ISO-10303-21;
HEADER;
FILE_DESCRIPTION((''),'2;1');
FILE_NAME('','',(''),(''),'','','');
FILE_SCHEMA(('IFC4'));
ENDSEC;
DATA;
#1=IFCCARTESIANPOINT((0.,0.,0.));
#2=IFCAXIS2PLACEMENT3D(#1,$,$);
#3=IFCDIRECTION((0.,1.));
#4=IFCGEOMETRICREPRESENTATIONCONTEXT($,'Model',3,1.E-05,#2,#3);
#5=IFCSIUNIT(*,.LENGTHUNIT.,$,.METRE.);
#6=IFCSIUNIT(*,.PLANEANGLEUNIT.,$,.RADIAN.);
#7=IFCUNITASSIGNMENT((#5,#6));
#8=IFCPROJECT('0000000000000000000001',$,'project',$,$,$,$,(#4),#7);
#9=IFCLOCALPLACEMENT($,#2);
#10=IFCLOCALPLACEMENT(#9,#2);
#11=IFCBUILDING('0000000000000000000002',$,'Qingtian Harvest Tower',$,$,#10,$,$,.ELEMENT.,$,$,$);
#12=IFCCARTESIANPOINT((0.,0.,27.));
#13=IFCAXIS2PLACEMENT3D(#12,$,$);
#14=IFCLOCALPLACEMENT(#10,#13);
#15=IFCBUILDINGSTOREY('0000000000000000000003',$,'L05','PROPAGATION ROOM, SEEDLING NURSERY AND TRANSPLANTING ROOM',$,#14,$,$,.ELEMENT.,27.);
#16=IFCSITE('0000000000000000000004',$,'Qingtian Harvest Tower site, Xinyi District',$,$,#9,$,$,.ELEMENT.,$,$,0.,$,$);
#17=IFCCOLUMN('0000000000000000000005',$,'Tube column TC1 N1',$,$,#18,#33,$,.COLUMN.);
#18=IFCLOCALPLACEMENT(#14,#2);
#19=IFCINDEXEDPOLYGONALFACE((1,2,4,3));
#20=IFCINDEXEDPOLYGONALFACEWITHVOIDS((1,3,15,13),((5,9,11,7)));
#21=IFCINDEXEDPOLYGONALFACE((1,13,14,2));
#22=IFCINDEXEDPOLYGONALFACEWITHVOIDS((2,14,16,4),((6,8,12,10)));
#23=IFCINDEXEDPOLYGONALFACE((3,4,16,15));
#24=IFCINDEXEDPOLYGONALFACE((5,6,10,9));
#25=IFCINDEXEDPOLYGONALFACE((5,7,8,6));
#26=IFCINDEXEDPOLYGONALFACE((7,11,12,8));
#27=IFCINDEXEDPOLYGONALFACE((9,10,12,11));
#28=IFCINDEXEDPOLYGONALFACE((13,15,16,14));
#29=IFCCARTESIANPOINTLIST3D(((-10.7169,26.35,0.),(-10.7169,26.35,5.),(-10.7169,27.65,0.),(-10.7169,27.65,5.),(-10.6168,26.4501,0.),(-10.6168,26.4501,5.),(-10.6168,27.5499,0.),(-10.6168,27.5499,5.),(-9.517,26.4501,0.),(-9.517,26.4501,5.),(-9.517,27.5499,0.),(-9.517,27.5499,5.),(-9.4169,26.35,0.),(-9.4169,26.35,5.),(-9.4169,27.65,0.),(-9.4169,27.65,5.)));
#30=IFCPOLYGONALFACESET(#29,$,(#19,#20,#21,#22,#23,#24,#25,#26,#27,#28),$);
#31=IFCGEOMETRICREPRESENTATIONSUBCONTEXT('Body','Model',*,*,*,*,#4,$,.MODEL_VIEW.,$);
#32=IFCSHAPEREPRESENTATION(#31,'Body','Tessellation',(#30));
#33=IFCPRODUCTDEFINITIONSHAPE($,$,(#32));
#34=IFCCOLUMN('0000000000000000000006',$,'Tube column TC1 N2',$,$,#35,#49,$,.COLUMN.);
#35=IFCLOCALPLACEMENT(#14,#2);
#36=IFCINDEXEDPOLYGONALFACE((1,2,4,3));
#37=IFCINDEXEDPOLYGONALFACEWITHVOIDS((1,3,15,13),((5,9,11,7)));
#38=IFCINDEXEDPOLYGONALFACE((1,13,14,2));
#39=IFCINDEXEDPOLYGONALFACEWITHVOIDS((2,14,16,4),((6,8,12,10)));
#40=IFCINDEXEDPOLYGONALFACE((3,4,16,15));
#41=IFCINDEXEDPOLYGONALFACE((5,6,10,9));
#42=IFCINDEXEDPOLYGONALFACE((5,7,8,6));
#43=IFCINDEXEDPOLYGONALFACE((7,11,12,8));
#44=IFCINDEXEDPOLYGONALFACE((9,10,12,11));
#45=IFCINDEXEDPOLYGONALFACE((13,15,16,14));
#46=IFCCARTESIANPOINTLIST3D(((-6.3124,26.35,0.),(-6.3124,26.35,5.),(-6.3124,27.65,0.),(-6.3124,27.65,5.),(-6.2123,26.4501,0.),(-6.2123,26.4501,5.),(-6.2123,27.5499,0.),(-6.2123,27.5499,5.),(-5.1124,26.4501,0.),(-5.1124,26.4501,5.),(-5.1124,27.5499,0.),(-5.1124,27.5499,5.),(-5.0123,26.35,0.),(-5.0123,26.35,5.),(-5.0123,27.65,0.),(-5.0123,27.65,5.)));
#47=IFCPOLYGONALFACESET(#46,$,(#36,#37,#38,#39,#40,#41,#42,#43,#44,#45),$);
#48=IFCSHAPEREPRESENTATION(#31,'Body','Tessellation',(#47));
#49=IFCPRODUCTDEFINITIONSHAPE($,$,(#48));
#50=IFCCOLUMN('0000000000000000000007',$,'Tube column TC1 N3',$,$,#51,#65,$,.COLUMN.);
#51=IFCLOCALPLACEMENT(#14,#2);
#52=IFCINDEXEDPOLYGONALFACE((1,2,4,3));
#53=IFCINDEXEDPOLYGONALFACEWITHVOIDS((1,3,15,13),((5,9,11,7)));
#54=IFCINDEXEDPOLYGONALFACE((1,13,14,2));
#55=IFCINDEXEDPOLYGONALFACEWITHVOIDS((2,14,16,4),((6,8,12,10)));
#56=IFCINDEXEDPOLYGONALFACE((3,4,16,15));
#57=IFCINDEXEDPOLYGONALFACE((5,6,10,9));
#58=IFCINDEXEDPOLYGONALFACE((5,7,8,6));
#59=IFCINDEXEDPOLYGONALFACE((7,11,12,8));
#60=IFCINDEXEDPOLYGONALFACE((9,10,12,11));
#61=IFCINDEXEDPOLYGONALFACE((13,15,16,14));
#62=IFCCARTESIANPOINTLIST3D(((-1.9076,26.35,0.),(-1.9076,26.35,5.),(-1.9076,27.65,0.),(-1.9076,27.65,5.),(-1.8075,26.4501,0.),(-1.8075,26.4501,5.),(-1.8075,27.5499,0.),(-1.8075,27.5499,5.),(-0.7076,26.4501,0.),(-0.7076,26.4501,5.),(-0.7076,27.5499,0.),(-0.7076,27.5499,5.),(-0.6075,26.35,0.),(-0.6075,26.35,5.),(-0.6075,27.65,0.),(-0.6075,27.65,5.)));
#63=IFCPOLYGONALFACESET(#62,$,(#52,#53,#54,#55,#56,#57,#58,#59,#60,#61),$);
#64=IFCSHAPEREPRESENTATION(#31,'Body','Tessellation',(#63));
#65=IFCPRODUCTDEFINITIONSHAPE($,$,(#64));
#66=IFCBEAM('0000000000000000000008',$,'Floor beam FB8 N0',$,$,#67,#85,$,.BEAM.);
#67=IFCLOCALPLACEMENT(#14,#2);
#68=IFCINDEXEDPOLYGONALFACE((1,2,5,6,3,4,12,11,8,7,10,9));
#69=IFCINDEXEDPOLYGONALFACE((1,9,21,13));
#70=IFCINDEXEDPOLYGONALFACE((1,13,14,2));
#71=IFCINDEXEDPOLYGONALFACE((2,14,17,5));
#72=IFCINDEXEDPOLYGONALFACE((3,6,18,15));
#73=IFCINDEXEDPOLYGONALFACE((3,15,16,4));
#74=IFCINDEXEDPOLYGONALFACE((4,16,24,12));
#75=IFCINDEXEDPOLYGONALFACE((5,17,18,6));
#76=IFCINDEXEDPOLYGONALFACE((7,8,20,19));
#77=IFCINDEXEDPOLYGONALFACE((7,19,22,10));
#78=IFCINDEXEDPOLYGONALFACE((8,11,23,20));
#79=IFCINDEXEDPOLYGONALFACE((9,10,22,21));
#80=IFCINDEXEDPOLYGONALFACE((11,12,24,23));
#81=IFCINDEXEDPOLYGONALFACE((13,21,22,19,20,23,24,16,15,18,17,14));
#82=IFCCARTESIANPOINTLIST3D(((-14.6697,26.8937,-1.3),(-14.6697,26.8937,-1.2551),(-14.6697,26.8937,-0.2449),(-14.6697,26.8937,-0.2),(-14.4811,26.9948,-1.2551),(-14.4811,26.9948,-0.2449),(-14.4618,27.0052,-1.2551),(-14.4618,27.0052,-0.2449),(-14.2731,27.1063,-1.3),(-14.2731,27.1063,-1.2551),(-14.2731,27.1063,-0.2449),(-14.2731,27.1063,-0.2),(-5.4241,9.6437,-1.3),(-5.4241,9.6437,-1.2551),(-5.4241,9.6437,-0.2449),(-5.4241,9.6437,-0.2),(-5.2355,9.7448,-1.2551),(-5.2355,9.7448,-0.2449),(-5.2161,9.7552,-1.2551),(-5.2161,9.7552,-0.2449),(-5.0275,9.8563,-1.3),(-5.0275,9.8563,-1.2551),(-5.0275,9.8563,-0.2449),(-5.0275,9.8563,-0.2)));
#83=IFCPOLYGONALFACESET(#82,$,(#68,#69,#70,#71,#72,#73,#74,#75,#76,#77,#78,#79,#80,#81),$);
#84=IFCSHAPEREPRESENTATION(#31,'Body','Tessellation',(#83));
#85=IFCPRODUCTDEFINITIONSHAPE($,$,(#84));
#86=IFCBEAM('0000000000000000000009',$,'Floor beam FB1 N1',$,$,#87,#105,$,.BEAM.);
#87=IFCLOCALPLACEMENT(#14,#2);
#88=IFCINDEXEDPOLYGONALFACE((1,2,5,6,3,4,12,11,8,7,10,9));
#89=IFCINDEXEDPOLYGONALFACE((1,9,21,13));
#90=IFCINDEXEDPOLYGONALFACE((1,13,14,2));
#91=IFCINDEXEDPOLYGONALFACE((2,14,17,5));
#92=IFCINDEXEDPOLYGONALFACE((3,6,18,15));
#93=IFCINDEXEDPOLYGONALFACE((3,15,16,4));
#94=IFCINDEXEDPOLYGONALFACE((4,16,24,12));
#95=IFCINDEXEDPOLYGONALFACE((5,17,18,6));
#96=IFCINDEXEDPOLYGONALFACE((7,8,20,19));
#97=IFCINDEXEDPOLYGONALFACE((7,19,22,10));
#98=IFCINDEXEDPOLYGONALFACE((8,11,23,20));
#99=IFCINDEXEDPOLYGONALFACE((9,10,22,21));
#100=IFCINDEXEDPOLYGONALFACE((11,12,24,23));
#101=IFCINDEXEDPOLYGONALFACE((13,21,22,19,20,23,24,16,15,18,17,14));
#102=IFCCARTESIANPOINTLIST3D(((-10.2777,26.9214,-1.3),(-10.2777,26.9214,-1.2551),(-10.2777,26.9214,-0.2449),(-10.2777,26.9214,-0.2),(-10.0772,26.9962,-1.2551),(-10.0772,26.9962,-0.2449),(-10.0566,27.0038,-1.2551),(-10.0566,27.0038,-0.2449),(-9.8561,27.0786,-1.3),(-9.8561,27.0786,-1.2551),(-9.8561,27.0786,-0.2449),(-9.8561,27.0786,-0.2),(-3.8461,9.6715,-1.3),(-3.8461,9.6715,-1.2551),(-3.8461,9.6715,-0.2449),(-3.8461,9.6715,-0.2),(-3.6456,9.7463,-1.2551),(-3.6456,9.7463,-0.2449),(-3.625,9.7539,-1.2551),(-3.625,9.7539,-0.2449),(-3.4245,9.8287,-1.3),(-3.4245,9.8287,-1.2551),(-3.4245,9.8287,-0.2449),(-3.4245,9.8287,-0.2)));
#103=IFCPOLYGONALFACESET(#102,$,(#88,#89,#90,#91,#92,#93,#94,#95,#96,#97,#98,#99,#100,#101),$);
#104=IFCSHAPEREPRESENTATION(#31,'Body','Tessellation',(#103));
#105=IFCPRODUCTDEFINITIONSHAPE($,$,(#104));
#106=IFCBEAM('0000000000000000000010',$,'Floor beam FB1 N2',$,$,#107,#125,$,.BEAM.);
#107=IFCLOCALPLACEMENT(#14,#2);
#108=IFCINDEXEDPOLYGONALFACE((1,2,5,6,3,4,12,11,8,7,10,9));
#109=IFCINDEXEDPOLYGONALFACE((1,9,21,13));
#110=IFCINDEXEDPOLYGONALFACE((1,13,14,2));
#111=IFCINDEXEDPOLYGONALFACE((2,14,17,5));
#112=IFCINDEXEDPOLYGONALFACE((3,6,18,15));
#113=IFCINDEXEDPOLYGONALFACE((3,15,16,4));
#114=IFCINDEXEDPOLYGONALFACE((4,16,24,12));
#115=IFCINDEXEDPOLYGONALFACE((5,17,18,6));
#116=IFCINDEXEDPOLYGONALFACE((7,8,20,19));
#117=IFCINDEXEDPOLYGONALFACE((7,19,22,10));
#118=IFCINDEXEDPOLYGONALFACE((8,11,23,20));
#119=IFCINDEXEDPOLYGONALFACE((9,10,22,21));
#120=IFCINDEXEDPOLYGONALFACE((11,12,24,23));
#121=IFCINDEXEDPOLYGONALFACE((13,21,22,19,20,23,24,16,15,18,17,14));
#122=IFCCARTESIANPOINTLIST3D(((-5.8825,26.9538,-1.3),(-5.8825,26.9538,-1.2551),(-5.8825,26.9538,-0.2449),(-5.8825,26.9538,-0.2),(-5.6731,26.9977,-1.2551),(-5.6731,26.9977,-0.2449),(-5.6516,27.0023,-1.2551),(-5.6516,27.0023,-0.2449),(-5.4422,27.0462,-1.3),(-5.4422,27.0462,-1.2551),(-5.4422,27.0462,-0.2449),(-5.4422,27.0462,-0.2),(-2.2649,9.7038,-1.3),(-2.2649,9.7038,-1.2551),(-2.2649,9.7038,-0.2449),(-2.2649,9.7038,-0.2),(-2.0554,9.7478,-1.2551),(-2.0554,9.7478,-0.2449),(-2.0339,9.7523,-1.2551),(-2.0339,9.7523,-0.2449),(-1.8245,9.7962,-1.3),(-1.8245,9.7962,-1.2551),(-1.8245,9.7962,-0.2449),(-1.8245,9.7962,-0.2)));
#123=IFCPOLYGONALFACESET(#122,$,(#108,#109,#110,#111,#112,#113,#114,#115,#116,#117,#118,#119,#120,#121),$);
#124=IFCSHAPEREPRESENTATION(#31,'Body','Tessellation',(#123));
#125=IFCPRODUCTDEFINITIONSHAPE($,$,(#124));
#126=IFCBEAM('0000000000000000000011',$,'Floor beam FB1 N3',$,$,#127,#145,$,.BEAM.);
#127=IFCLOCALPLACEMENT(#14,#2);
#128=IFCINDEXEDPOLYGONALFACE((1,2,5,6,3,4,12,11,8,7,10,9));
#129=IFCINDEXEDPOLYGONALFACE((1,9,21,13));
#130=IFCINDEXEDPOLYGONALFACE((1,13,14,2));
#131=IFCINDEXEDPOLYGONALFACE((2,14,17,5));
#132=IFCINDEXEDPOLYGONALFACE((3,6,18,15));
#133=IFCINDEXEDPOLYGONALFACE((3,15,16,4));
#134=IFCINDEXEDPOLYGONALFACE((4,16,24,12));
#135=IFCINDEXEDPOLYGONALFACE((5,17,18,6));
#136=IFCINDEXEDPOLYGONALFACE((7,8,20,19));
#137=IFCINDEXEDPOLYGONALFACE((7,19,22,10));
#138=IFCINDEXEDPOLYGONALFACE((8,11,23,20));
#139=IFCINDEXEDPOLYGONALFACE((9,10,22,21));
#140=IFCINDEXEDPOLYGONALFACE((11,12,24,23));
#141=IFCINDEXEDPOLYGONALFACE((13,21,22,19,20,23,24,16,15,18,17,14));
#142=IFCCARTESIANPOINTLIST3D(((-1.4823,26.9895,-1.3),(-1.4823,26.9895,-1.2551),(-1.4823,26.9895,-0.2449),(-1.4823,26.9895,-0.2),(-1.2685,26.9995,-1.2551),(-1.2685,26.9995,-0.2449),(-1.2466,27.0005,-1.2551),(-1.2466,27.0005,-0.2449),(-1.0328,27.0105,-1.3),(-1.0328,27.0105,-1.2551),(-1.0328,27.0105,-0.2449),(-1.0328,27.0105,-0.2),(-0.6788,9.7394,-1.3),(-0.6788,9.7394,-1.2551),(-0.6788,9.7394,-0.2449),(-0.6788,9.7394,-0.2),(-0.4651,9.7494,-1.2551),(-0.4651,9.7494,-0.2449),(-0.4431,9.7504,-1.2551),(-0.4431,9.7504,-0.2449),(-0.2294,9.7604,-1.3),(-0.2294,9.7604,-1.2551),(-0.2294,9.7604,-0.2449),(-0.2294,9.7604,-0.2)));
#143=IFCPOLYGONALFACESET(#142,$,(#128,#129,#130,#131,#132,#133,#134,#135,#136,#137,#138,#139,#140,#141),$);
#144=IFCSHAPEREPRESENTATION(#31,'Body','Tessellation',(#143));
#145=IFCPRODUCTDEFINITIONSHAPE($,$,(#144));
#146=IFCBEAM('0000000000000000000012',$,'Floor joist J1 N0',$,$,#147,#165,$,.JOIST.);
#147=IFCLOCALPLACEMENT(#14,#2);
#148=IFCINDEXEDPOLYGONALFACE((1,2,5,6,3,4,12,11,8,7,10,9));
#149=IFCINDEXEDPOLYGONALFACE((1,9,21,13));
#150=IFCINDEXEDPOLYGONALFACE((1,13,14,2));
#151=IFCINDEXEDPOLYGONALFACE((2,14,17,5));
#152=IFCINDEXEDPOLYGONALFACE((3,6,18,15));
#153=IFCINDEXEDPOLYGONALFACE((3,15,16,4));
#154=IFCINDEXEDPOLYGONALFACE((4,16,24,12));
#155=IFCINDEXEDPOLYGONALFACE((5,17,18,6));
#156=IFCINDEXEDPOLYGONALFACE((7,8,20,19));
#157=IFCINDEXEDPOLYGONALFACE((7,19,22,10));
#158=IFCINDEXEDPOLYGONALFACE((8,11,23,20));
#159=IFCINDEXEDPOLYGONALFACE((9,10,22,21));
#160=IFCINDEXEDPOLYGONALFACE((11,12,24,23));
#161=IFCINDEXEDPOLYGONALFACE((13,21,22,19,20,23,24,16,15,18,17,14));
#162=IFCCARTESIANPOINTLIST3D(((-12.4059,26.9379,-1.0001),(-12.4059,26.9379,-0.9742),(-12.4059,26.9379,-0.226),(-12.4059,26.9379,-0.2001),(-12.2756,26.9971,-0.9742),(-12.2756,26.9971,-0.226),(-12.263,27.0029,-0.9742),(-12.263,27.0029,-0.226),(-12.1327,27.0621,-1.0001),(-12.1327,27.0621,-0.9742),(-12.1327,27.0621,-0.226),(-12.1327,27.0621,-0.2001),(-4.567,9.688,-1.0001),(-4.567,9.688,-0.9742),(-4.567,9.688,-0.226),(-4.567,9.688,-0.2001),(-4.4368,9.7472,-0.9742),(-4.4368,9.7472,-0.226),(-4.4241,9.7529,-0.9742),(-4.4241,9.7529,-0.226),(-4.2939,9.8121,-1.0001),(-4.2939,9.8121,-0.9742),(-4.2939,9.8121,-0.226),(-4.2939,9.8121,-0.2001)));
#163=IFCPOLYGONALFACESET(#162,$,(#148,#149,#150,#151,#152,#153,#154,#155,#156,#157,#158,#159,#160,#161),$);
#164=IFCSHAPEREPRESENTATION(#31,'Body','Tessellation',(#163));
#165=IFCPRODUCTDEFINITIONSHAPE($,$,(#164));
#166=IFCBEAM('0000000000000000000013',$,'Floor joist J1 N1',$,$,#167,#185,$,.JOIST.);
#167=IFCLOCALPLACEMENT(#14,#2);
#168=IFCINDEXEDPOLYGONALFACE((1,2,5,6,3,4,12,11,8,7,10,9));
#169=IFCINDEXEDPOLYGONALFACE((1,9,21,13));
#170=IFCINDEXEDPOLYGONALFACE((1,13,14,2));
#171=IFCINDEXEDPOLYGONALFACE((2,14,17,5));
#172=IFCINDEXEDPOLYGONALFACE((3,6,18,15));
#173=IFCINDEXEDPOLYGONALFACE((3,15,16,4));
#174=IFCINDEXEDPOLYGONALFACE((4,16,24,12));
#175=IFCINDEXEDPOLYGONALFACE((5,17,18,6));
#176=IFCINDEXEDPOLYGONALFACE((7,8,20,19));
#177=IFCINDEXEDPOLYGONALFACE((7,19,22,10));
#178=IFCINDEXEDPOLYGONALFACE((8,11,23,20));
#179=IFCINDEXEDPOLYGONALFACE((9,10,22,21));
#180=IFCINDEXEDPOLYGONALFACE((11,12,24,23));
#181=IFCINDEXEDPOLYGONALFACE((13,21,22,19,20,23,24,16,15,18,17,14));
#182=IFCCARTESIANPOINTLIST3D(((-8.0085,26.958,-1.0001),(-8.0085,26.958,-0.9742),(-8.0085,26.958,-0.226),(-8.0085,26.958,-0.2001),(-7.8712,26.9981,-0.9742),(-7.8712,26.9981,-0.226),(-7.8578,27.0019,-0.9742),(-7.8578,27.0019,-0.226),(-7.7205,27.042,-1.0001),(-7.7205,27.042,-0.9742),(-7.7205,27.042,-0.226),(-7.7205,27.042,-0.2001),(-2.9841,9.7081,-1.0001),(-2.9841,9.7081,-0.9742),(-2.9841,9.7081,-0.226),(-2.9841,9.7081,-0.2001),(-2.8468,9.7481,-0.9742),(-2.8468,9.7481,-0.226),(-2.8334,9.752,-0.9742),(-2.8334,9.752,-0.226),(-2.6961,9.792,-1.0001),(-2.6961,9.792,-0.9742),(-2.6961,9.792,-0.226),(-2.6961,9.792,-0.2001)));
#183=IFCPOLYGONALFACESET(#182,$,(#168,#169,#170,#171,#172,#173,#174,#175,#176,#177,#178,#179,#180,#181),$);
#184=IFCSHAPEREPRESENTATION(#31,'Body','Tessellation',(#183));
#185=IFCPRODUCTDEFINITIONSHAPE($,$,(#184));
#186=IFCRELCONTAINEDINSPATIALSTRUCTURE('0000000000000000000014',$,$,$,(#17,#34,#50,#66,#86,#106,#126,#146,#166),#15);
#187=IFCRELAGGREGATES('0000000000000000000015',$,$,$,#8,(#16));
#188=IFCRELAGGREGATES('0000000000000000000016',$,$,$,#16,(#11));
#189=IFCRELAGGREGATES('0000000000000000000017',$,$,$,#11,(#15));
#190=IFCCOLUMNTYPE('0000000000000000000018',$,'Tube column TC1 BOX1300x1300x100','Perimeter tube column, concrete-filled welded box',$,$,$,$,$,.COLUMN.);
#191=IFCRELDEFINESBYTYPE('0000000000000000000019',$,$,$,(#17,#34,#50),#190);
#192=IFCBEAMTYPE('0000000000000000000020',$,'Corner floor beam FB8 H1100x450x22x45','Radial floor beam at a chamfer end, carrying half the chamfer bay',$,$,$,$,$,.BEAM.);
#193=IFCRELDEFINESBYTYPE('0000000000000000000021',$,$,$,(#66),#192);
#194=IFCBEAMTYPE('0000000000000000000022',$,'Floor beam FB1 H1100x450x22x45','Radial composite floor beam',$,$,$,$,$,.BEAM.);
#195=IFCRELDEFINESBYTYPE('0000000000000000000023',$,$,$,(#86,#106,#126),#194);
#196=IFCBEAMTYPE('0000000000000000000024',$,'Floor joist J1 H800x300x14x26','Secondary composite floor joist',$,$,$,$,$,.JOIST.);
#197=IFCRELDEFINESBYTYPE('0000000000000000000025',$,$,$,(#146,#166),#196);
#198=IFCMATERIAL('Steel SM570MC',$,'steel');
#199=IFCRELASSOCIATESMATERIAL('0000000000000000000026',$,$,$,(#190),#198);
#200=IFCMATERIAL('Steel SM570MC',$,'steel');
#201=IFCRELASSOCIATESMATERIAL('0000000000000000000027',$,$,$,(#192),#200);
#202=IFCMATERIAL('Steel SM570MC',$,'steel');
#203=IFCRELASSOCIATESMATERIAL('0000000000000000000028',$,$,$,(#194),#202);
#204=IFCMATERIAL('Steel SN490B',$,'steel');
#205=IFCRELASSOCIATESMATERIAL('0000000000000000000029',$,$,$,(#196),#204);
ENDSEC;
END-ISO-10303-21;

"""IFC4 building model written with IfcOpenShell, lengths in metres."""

from ifc_helpers import new_model, si_unit, direction, frame, origin, origin_2d, place, context, subcontext, project, spatial, hollow_rectangle, i_section, extrude, material, material_profile, profile_set, type_object, element, save


model = new_model("IFC4")

# Units and contexts
model_context = context("Model", 3, precision=1e-05, world=origin(), true_north=direction((0.0, 1.0)))
body_context = subcontext(model_context, "Body", "Model", "MODEL_VIEW")
ifc_project = project(units=[si_unit("LENGTHUNIT", "METRE"), si_unit("PLANEANGLEUNIT", "RADIAN")], contexts=[model_context])

# Site, building, storey
site_placement = place(None, origin())
site = spatial("IfcSite", under=ifc_project, at=site_placement, Name="Qingtian Harvest Tower site, Xinyi District", CompositionType="ELEMENT", RefElevation=0.0)
building_placement = place(site_placement, origin())
building = spatial("IfcBuilding", under=site, at=building_placement, Name="Qingtian Harvest Tower", CompositionType="ELEMENT")
storey_placement = place(building_placement, frame((0.0, 0.0, 27.0)))
storey = spatial("IfcBuildingStorey", under=building, at=storey_placement, Name="L05", Description="PROPAGATION ROOM, SEEDLING NURSERY AND TRANSPLANTING ROOM", CompositionType="ELEMENT", Elevation=27.0)

# Columns
ifc_material_1 = material(Name="Steel SM570MC", Category="steel")
ifc_material_profile_1 = material_profile(ifc_material_1, hollow_rectangle(XDim=1.3, YDim=1.3, WallThickness=0.1001, at=origin_2d()), Name="BOX1300x1300x100")
ifc_profile_set_1 = profile_set([ifc_material_profile_1], Name="Steel SM570MC")
column_type = type_object("IfcColumnType", Name="Tube column TC1 BOX1300x1300x100", Description="Perimeter tube column, concrete-filled welded box", PredefinedType="COLUMN", material=ifc_profile_set_1)
for number, where, z_axis, x_axis, name in (
    (1, (-10.0669, 27.0, 0.0), (0.0, 0.0, 1.0), (-1.0, 0.0, 0.0), "Tube column TC1 N1"),
    (2, (-5.6624, 27.0, 0.0), (0.0, 0.0, 1.0), (-1.0, 0.0, 0.0), "Tube column TC1 N2"),
    (3, (-1.2576, 27.0, 0.0), (0.0, 0.0, 1.0), (-1.0, 0.0, 0.0), "Tube column TC1 N3"),
):
    element("IfcColumn", number, at=place(storey_placement, frame(where, z_axis=z_axis, x_axis=x_axis)), inside=storey, type_object=column_type, Name=name, PredefinedType="COLUMN", context=body_context, shape_type="SweptSolid", body=[
        extrude(hollow_rectangle(XDim=1.3, YDim=1.3, WallThickness=0.1001, at=origin_2d()), origin(), (0.0, 0.0, 1.0), 5.0),
    ])

# Beams
ifc_material_2 = material(Name="Steel SM570MC", Category="steel")
ifc_material_profile_2 = material_profile(ifc_material_2, i_section(OverallWidth=0.45, OverallDepth=1.1001, WebThickness=0.022, FlangeThickness=0.0449, at=origin_2d()), Name="H1100x450x22x45")
ifc_profile_set_2 = profile_set([ifc_material_profile_2], Name="Steel SM570MC")
beam_type_1 = type_object("IfcBeamType", Name="Corner floor beam FB8 H1100x450x22x45", Description="Radial floor beam at a chamfer end, carrying half the chamfer bay", PredefinedType="BEAM", material=ifc_profile_set_2)
beam_1_placement = place(storey_placement, frame((-14.4714, 27.0, -0.75), z_axis=(0.472401, -0.881384, 0.0), x_axis=(0.881384, 0.472401, 0.0)))
element("IfcBeam", 4, at=beam_1_placement, inside=storey, type_object=beam_type_1, Name="Floor beam FB8 N0", PredefinedType="BEAM", context=body_context, shape_type="SweptSolid", body=[
    extrude(i_section(OverallWidth=0.45, OverallDepth=1.1001, WebThickness=0.022, FlangeThickness=0.0449, at=origin_2d()), origin(), (0.0, 0.0, 1.0), 19.5715),
])
ifc_material_3 = material(Name="Steel SM570MC", Category="steel")
ifc_material_profile_3 = material_profile(ifc_material_3, i_section(OverallWidth=0.45, OverallDepth=1.1001, WebThickness=0.022, FlangeThickness=0.0449, at=origin_2d()), Name="H1100x450x22x45")
ifc_profile_set_3 = profile_set([ifc_material_profile_3], Name="Steel SM570MC")
beam_type_2 = type_object("IfcBeamType", Name="Floor beam FB1 H1100x450x22x45", Description="Radial composite floor beam", PredefinedType="BEAM", material=ifc_profile_set_3)
beam_2_placement = place(storey_placement, frame((-10.0669, 27.0, -0.75), z_axis=(0.349356, -0.93699, 0.0), x_axis=(0.93699, 0.349356, 0.0)))
element("IfcBeam", 5, at=beam_2_placement, inside=storey, type_object=beam_type_2, Name="Floor beam FB1 N1", PredefinedType="BEAM", context=body_context, shape_type="SweptSolid", body=[
    extrude(i_section(OverallWidth=0.45, OverallDepth=1.1001, WebThickness=0.022, FlangeThickness=0.0449, at=origin_2d()), origin(), (0.0, 0.0, 1.0), 18.4099),
])
beam_3_placement = place(storey_placement, frame((-5.6624, 27.0, -0.75), z_axis=(0.205255, -0.978709, 0.0), x_axis=(0.978709, 0.205255, 0.0)))
element("IfcBeam", 6, at=beam_3_placement, inside=storey, type_object=beam_type_2, Name="Floor beam FB1 N2", PredefinedType="BEAM", context=body_context, shape_type="SweptSolid", body=[
    extrude(i_section(OverallWidth=0.45, OverallDepth=1.1001, WebThickness=0.022, FlangeThickness=0.0449, at=origin_2d()), origin(), (0.0, 0.0, 1.0), 17.6252),
])
beam_4_placement = place(storey_placement, frame((-1.2576, 27.0, -0.75), z_axis=(0.046527, -0.998917, 0.0), x_axis=(0.998917, 0.046527, 0.0)))
element("IfcBeam", 7, at=beam_4_placement, inside=storey, type_object=beam_type_2, Name="Floor beam FB1 N3", PredefinedType="BEAM", context=body_context, shape_type="SweptSolid", body=[
    extrude(i_section(OverallWidth=0.45, OverallDepth=1.1001, WebThickness=0.022, FlangeThickness=0.0449, at=origin_2d()), origin(), (0.0, 0.0, 1.0), 17.2688),
])
ifc_material_4 = material(Name="Steel SN490B", Category="steel")
ifc_material_profile_4 = material_profile(ifc_material_4, i_section(OverallWidth=0.3, OverallDepth=0.8, WebThickness=0.0139, FlangeThickness=0.0259, at=origin_2d()), Name="H800x300x14x26")
ifc_profile_set_4 = profile_set([ifc_material_profile_4], Name="Steel SN490B")
beam_type_3 = type_object("IfcBeamType", Name="Floor joist J1 H800x300x14x26", Description="Secondary composite floor joist", PredefinedType="JOIST", material=ifc_profile_set_4)
beam_5_placement = place(storey_placement, frame((-12.2693, 27.0, -0.6001), z_axis=(0.413714, -0.910407, 0.0), x_axis=(0.910407, 0.413714, 0.0)))
element("IfcBeam", 8, at=beam_5_placement, inside=storey, type_object=beam_type_3, Name="Floor joist J1 N0", PredefinedType="JOIST", context=body_context, shape_type="SweptSolid", body=[
    extrude(i_section(OverallWidth=0.3, OverallDepth=0.8, WebThickness=0.0139, FlangeThickness=0.0259, at=origin_2d()), origin(), (0.0, 0.0, 1.0), 18.9475),
])
beam_6_placement = place(storey_placement, frame((-7.8645, 27.0, -0.6001), z_axis=(0.279649, -0.960102, 0.0), x_axis=(0.960102, 0.279649, 0.0)))
element("IfcBeam", 9, at=beam_6_placement, inside=storey, type_object=beam_type_3, Name="Floor joist J1 N1", PredefinedType="JOIST", context=body_context, shape_type="SweptSolid", body=[
    extrude(i_section(OverallWidth=0.3, OverallDepth=0.8, WebThickness=0.0139, FlangeThickness=0.0259, at=origin_2d()), origin(), (0.0, 0.0, 1.0), 17.9668),
])

save(model, "model.ifc")
